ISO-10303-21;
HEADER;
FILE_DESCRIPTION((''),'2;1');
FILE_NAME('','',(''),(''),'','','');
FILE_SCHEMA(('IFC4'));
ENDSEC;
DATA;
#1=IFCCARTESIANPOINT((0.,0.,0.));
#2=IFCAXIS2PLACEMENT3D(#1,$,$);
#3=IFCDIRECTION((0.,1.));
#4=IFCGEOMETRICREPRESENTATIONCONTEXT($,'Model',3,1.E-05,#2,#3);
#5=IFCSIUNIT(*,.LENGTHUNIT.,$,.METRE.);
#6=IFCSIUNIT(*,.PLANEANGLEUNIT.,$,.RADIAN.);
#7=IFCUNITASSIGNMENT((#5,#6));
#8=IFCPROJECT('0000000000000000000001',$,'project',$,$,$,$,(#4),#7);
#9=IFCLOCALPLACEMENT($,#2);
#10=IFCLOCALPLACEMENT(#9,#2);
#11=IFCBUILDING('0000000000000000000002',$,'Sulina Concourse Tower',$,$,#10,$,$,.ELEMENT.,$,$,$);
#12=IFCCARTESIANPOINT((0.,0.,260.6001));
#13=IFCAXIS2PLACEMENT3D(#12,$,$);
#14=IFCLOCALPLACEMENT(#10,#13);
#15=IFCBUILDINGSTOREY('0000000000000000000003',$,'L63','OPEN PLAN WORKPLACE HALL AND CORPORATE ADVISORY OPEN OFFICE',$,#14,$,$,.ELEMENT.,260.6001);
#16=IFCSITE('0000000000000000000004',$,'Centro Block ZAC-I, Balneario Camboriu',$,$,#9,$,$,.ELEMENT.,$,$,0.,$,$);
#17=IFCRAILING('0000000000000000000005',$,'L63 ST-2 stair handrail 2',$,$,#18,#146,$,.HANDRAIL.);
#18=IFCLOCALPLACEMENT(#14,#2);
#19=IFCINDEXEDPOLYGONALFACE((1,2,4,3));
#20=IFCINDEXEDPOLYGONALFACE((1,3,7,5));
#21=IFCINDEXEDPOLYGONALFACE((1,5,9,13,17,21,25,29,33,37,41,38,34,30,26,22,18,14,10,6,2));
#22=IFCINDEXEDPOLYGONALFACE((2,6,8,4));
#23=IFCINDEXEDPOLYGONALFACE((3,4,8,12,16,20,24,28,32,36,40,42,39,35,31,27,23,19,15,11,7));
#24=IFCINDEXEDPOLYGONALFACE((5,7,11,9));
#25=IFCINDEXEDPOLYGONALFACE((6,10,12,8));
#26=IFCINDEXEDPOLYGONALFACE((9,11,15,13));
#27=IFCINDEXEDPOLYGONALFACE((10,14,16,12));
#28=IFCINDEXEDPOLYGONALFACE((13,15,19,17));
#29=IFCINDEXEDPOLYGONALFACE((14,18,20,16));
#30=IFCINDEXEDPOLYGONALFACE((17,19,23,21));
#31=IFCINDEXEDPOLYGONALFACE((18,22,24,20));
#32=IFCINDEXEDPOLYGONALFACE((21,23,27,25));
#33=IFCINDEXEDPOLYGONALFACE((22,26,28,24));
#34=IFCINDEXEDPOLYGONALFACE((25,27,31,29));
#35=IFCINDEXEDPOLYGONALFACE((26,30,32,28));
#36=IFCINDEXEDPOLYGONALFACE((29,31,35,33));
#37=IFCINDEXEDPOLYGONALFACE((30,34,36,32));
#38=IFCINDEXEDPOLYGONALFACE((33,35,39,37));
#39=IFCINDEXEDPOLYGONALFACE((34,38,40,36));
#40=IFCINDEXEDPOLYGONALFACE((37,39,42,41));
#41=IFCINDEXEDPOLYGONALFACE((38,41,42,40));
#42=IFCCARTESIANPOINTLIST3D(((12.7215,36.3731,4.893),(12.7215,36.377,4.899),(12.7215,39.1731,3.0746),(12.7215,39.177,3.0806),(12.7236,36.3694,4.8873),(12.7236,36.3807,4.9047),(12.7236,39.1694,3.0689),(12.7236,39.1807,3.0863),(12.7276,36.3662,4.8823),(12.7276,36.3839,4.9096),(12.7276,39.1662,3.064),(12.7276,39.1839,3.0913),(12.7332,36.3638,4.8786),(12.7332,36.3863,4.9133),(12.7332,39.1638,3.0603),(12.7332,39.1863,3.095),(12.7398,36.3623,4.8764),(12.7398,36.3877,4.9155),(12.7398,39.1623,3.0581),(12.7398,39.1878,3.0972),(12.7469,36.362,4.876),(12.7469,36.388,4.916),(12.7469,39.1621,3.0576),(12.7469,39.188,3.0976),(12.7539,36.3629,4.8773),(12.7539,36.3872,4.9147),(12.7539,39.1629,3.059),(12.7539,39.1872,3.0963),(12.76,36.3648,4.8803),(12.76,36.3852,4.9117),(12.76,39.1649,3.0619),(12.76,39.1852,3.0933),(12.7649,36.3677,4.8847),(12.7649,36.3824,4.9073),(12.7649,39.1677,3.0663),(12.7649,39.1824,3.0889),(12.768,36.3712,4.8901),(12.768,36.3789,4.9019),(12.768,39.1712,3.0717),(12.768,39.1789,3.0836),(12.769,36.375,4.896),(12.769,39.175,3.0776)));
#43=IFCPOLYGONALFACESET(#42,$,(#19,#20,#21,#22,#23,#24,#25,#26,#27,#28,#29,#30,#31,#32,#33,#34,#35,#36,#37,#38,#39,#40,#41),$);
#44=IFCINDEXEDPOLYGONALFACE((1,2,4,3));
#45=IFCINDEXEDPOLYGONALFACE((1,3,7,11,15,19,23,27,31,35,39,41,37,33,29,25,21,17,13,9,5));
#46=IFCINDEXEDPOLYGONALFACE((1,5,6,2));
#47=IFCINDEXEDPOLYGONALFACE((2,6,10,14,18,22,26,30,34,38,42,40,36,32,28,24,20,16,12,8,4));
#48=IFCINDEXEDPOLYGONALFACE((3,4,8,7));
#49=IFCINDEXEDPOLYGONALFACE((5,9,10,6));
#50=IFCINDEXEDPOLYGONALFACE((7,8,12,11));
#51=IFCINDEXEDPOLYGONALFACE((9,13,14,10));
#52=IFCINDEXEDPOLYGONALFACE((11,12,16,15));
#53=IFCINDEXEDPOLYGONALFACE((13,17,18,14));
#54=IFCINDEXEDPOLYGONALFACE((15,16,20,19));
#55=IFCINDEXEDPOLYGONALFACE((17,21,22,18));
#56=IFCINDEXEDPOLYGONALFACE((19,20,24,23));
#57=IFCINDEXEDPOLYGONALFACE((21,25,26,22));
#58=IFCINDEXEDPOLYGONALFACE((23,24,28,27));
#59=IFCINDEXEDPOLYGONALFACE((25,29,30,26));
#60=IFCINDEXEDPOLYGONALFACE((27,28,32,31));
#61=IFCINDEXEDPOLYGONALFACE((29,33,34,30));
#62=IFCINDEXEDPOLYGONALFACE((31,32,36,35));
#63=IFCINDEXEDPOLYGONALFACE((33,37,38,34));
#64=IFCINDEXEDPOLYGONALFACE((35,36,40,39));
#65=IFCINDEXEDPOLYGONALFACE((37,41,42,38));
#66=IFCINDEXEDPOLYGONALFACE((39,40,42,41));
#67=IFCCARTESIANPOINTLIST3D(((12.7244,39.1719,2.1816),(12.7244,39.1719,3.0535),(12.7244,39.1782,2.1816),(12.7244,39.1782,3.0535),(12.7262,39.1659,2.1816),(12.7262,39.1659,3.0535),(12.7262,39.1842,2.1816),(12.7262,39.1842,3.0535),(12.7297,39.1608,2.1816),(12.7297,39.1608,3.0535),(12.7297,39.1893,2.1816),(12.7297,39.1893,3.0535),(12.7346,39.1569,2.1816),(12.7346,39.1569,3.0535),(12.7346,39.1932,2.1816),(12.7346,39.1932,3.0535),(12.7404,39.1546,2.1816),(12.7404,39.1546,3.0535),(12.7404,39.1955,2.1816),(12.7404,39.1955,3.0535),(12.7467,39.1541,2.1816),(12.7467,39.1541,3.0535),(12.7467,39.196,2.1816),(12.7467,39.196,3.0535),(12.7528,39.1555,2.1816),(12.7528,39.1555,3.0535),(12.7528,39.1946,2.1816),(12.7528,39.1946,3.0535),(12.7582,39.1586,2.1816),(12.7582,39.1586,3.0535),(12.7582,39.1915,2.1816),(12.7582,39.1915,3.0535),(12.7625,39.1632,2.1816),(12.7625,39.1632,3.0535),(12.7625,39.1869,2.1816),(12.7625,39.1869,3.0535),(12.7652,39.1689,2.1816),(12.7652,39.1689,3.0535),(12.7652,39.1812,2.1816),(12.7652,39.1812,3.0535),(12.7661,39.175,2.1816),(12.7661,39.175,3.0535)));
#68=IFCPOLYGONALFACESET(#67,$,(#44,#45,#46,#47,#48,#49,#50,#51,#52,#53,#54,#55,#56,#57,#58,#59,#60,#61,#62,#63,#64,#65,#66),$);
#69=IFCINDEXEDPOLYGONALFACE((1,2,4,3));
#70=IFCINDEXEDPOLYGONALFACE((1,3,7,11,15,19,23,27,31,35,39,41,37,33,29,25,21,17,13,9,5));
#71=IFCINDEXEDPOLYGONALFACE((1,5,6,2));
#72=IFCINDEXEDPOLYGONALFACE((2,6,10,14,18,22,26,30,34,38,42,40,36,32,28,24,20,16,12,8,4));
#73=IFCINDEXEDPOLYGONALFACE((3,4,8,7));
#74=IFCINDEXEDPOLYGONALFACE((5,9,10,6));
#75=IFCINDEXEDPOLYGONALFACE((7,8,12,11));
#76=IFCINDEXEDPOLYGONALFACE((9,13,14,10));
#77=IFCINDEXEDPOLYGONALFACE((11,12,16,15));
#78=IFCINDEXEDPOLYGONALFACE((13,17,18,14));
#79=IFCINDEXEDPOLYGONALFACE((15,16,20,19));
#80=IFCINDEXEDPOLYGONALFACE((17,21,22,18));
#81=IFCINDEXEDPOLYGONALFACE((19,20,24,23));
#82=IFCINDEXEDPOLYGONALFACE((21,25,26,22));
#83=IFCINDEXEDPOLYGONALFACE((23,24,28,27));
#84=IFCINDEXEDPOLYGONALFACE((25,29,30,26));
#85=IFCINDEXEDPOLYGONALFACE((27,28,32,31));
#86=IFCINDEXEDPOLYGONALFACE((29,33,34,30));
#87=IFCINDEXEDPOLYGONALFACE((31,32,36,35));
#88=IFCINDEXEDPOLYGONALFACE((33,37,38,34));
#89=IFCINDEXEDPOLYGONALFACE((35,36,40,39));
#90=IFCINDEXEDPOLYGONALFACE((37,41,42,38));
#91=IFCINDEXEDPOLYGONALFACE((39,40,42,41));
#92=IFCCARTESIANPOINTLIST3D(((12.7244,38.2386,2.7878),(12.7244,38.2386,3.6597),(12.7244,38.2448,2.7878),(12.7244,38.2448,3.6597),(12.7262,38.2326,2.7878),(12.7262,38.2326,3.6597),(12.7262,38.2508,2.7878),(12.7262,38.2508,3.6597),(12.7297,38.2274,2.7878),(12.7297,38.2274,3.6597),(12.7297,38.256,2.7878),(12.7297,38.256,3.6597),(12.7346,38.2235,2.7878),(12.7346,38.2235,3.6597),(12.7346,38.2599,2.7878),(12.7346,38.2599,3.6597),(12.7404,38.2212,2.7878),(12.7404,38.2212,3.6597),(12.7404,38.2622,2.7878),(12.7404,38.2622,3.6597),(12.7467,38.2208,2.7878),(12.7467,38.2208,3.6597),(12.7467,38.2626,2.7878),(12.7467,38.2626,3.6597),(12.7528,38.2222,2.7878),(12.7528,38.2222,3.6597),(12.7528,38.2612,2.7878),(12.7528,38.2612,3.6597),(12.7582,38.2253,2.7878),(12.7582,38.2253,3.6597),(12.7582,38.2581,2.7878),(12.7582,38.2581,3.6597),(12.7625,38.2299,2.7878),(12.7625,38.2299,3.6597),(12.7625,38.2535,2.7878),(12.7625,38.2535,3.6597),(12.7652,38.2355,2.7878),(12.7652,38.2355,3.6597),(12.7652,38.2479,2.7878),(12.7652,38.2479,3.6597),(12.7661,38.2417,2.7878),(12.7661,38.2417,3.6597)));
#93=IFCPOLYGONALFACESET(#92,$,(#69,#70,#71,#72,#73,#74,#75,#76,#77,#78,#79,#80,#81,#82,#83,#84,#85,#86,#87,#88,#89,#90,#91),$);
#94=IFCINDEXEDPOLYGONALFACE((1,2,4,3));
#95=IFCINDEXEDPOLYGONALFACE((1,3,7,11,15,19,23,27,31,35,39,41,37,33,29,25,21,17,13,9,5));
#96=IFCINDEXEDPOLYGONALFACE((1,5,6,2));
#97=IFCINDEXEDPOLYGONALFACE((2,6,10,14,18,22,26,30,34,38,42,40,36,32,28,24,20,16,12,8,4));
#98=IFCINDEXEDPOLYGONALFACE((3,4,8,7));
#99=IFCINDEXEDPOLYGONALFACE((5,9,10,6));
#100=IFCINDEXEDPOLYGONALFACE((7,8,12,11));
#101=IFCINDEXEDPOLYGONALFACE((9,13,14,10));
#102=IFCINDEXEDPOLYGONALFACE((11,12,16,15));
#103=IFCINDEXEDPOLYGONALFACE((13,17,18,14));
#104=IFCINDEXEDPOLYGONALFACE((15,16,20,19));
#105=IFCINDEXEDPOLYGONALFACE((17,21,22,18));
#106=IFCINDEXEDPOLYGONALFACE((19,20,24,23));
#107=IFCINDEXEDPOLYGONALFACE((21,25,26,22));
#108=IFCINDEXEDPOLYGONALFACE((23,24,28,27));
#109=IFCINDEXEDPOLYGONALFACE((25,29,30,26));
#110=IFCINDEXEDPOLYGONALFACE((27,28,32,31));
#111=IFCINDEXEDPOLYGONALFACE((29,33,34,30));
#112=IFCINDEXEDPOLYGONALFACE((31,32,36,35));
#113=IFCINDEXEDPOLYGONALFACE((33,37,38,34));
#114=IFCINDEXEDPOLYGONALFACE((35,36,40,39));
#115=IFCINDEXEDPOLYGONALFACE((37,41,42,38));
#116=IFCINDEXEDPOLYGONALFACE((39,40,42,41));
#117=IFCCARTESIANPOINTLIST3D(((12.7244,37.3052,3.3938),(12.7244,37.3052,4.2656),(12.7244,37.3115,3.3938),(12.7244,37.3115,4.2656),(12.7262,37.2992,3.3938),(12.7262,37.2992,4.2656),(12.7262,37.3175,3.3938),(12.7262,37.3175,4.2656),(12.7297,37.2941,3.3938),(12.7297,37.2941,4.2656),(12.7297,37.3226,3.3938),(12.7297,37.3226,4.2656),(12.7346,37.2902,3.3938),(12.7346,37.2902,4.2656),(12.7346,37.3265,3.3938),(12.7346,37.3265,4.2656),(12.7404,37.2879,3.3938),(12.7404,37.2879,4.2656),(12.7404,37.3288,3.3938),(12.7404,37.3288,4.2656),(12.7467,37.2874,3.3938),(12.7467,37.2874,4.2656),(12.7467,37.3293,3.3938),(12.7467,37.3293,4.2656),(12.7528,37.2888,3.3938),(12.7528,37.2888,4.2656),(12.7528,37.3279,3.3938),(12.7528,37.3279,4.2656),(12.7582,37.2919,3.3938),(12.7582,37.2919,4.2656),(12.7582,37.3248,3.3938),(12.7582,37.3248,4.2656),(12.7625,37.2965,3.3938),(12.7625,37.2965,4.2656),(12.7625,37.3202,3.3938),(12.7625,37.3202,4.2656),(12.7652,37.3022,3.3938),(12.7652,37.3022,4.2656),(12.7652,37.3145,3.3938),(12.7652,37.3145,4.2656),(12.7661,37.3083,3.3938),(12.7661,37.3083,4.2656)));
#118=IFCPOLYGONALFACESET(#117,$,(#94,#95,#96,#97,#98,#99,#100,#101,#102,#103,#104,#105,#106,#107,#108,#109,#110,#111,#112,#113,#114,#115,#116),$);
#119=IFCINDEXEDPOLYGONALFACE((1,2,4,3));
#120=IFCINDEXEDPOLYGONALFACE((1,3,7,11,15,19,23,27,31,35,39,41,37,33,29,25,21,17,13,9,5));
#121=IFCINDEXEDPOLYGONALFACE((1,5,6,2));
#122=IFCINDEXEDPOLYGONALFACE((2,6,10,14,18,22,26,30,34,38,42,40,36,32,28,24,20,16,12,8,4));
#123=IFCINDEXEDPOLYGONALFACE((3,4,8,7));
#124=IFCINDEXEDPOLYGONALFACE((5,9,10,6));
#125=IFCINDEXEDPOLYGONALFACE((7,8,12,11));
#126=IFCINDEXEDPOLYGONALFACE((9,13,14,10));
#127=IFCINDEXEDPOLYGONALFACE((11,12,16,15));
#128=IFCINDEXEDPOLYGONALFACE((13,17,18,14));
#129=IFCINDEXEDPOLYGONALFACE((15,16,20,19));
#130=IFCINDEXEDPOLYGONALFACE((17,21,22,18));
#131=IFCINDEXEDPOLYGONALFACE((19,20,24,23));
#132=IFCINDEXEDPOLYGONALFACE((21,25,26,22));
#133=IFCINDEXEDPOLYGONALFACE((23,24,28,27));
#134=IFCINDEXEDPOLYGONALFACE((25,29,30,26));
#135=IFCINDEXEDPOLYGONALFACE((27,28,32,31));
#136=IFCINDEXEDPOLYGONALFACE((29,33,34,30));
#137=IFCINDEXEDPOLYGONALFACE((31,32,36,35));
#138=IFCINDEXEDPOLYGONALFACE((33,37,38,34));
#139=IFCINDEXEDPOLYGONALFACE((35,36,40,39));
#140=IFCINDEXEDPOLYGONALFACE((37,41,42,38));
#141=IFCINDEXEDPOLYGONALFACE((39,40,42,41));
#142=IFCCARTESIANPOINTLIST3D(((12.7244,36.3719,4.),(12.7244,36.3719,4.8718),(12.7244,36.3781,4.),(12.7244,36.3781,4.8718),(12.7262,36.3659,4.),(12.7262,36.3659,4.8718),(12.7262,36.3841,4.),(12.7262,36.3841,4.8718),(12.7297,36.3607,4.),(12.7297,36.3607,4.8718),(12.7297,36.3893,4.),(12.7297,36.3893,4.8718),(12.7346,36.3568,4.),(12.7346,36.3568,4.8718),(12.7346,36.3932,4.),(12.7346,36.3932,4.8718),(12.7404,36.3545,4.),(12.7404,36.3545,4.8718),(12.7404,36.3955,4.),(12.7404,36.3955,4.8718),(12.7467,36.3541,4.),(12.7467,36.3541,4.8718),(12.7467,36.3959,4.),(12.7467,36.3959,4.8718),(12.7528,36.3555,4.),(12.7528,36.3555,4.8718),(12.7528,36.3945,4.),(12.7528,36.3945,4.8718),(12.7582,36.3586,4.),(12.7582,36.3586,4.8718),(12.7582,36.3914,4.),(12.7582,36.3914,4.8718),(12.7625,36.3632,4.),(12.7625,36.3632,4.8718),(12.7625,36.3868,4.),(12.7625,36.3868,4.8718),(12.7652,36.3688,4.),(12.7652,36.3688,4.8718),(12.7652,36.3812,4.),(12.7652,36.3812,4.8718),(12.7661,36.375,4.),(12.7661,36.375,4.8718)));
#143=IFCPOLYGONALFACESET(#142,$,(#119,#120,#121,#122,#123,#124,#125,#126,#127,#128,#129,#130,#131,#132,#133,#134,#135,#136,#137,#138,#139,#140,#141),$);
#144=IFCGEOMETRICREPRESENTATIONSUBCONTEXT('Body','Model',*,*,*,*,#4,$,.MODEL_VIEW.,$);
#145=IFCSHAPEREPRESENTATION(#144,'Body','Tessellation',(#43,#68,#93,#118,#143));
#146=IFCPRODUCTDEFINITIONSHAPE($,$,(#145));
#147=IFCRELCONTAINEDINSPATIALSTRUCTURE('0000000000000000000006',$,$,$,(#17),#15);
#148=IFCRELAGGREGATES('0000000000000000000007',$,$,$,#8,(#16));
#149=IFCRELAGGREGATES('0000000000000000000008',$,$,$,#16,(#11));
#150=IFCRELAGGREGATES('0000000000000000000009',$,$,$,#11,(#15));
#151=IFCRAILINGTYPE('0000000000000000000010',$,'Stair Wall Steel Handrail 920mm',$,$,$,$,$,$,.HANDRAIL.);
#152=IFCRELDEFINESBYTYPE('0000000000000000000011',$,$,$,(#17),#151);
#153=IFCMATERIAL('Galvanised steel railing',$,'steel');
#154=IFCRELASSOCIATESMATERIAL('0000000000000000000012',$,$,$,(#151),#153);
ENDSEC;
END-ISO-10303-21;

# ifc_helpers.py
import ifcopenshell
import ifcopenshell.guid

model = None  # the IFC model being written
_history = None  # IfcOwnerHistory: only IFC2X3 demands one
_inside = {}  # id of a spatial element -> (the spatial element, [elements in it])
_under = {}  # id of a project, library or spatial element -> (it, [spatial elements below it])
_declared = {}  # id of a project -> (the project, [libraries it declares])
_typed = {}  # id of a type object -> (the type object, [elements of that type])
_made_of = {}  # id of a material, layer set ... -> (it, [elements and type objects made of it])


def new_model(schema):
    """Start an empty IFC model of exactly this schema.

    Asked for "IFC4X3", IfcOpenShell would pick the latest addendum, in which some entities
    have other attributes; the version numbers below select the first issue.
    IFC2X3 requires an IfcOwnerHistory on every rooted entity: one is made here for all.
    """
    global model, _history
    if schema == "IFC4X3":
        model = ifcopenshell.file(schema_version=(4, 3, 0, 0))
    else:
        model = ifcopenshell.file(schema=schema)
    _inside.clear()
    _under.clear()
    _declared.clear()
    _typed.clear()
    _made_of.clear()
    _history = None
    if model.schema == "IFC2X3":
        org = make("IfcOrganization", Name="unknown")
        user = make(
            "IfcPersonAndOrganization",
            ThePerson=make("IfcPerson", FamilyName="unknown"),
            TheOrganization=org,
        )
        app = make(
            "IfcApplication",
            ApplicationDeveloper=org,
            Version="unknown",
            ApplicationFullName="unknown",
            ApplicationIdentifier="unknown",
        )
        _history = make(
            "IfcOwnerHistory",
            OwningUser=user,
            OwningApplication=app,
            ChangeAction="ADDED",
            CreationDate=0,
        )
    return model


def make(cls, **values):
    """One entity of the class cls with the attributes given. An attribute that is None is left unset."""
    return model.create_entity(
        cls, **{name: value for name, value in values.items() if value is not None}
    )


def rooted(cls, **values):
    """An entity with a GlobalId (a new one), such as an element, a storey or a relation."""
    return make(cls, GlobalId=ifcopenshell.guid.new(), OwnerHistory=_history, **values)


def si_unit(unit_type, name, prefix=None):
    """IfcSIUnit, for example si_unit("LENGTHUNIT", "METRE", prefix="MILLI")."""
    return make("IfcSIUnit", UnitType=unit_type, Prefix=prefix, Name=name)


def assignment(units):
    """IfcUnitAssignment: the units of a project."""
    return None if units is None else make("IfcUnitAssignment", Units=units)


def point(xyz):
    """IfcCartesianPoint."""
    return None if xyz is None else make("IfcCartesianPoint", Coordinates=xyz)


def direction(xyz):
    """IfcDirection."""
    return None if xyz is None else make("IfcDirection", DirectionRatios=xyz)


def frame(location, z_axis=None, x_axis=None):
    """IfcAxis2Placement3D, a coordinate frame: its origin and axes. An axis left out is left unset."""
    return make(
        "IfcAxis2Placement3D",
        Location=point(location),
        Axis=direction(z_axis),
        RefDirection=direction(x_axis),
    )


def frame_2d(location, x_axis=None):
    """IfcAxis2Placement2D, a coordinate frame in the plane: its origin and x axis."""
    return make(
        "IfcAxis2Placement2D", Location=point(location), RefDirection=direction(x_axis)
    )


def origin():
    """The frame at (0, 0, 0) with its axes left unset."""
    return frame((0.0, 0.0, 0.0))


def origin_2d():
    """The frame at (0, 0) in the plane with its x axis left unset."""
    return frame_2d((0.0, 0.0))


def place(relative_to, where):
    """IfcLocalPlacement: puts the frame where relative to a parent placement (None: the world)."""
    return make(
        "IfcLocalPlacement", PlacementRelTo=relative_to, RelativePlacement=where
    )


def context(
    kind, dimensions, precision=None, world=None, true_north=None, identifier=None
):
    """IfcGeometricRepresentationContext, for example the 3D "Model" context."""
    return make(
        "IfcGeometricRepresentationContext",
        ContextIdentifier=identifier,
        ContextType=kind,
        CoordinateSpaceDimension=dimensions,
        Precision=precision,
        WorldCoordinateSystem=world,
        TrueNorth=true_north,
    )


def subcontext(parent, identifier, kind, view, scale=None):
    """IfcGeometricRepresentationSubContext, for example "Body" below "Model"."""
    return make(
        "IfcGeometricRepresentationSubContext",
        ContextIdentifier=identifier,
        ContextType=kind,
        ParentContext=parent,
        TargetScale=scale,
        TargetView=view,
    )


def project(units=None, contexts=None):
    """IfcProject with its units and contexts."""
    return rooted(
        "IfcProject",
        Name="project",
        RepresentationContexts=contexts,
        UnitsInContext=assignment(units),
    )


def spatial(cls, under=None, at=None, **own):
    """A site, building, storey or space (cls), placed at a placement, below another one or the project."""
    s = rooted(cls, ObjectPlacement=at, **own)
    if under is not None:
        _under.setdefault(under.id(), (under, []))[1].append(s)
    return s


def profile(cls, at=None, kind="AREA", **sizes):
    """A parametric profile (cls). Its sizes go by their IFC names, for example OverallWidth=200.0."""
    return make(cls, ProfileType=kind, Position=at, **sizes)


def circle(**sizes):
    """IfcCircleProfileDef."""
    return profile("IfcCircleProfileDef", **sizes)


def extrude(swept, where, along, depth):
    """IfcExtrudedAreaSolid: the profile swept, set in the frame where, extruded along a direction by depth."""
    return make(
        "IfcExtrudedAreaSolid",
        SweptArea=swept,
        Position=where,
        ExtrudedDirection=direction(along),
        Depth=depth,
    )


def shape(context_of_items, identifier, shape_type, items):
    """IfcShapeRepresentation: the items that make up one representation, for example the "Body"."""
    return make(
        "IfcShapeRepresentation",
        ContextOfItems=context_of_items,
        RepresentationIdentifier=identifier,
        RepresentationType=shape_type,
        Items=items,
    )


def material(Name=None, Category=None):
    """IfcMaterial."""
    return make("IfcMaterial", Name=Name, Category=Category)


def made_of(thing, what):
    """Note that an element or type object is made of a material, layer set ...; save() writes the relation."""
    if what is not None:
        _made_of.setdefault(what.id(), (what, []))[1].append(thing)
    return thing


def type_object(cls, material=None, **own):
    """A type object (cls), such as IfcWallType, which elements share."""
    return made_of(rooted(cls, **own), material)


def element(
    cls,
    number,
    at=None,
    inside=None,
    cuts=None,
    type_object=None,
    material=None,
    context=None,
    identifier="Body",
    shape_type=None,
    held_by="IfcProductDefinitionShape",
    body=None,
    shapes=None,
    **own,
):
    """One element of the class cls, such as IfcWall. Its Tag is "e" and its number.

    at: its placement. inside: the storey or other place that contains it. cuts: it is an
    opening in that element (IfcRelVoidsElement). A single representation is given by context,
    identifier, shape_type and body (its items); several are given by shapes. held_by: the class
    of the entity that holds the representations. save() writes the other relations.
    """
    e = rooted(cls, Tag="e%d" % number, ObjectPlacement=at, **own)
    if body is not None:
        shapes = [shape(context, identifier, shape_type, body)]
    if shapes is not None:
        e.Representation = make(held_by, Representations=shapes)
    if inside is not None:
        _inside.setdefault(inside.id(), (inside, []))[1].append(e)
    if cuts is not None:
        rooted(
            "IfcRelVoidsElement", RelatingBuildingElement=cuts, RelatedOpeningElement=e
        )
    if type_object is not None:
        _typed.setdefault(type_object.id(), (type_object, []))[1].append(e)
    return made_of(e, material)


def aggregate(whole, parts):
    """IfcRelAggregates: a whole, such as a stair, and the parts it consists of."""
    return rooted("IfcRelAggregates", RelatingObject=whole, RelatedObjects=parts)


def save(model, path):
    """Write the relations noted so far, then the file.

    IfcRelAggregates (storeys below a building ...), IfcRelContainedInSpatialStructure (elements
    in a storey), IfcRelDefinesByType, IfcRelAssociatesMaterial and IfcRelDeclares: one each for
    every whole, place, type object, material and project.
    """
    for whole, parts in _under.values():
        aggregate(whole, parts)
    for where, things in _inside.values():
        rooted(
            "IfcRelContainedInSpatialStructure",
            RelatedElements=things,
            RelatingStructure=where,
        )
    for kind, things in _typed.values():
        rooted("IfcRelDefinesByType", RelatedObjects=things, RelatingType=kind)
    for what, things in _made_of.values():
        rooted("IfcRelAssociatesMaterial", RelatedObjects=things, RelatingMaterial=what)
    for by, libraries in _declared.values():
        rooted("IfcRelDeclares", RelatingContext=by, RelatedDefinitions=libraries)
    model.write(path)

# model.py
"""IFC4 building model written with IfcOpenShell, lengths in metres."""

from ifc_helpers import new_model, si_unit, direction, frame, origin, origin_2d, place, context, subcontext, project, spatial, circle, extrude, material, type_object, element, save


model = new_model("IFC4")

# Units and contexts
model_context = context("Model", 3, precision=1e-05, world=origin(), true_north=direction((0.0, 1.0)))
body_context = subcontext(model_context, "Body", "Model", "MODEL_VIEW")
ifc_project = project(units=[si_unit("LENGTHUNIT", "METRE"), si_unit("PLANEANGLEUNIT", "RADIAN")], contexts=[model_context])

# Site, building, storey
site_placement = place(None, origin())
site = spatial("IfcSite", under=ifc_project, at=site_placement, Name="Centro Block ZAC-I, Balneario Camboriu", CompositionType="ELEMENT", RefElevation=0.0)
building_placement = place(site_placement, origin())
building = spatial("IfcBuilding", under=site, at=building_placement, Name="Sulina Concourse Tower", CompositionType="ELEMENT")
storey_placement = place(building_placement, frame((0.0, 0.0, 260.6001)))
storey = spatial("IfcBuildingStorey", under=building, at=storey_placement, Name="L63", Description="OPEN PLAN WORKPLACE HALL AND CORPORATE ADVISORY OPEN OFFICE", CompositionType="ELEMENT", Elevation=260.6001)

# Railing
ifc_material_1 = material(Name="Galvanised steel railing", Category="steel")
railing_type_1 = type_object("IfcRailingType", Name="Stair Wall Steel Handrail 920mm", PredefinedType="HANDRAIL", material=ifc_material_1)
railing_1_placement = place(storey_placement, frame((12.7451, 39.175, 2.1816)))
element("IfcRailing", 1, at=railing_1_placement, inside=storey, type_object=railing_type_1, Name="L63 ST-2 stair handrail 2", PredefinedType="HANDRAIL", context=body_context, shape_type="SweptSolid", body=[
    extrude(circle(Radius=0.0239, at=origin_2d()), frame((0.0, 0.0, 0.896), z_axis=(0.0, -0.838672, 0.544636), x_axis=(1.0, 0.0, 0.0)), (0.0, 0.0, 1.0), 3.3386),
    extrude(circle(Radius=0.021, at=origin_2d()), origin(), (0.0, 0.0, 1.0), 0.8718),
    extrude(circle(Radius=0.021, at=origin_2d()), frame((0.0, -0.9333, 0.6062)), (0.0, 0.0, 1.0), 0.8718),
    extrude(circle(Radius=0.021, at=origin_2d()), frame((0.0, -1.8667, 1.2122)), (0.0, 0.0, 1.0), 0.8718),
    extrude(circle(Radius=0.021, at=origin_2d()), frame((0.0, -2.8, 1.8184)), (0.0, 0.0, 1.0), 0.8718),
])

save(model, "model.ifc")
